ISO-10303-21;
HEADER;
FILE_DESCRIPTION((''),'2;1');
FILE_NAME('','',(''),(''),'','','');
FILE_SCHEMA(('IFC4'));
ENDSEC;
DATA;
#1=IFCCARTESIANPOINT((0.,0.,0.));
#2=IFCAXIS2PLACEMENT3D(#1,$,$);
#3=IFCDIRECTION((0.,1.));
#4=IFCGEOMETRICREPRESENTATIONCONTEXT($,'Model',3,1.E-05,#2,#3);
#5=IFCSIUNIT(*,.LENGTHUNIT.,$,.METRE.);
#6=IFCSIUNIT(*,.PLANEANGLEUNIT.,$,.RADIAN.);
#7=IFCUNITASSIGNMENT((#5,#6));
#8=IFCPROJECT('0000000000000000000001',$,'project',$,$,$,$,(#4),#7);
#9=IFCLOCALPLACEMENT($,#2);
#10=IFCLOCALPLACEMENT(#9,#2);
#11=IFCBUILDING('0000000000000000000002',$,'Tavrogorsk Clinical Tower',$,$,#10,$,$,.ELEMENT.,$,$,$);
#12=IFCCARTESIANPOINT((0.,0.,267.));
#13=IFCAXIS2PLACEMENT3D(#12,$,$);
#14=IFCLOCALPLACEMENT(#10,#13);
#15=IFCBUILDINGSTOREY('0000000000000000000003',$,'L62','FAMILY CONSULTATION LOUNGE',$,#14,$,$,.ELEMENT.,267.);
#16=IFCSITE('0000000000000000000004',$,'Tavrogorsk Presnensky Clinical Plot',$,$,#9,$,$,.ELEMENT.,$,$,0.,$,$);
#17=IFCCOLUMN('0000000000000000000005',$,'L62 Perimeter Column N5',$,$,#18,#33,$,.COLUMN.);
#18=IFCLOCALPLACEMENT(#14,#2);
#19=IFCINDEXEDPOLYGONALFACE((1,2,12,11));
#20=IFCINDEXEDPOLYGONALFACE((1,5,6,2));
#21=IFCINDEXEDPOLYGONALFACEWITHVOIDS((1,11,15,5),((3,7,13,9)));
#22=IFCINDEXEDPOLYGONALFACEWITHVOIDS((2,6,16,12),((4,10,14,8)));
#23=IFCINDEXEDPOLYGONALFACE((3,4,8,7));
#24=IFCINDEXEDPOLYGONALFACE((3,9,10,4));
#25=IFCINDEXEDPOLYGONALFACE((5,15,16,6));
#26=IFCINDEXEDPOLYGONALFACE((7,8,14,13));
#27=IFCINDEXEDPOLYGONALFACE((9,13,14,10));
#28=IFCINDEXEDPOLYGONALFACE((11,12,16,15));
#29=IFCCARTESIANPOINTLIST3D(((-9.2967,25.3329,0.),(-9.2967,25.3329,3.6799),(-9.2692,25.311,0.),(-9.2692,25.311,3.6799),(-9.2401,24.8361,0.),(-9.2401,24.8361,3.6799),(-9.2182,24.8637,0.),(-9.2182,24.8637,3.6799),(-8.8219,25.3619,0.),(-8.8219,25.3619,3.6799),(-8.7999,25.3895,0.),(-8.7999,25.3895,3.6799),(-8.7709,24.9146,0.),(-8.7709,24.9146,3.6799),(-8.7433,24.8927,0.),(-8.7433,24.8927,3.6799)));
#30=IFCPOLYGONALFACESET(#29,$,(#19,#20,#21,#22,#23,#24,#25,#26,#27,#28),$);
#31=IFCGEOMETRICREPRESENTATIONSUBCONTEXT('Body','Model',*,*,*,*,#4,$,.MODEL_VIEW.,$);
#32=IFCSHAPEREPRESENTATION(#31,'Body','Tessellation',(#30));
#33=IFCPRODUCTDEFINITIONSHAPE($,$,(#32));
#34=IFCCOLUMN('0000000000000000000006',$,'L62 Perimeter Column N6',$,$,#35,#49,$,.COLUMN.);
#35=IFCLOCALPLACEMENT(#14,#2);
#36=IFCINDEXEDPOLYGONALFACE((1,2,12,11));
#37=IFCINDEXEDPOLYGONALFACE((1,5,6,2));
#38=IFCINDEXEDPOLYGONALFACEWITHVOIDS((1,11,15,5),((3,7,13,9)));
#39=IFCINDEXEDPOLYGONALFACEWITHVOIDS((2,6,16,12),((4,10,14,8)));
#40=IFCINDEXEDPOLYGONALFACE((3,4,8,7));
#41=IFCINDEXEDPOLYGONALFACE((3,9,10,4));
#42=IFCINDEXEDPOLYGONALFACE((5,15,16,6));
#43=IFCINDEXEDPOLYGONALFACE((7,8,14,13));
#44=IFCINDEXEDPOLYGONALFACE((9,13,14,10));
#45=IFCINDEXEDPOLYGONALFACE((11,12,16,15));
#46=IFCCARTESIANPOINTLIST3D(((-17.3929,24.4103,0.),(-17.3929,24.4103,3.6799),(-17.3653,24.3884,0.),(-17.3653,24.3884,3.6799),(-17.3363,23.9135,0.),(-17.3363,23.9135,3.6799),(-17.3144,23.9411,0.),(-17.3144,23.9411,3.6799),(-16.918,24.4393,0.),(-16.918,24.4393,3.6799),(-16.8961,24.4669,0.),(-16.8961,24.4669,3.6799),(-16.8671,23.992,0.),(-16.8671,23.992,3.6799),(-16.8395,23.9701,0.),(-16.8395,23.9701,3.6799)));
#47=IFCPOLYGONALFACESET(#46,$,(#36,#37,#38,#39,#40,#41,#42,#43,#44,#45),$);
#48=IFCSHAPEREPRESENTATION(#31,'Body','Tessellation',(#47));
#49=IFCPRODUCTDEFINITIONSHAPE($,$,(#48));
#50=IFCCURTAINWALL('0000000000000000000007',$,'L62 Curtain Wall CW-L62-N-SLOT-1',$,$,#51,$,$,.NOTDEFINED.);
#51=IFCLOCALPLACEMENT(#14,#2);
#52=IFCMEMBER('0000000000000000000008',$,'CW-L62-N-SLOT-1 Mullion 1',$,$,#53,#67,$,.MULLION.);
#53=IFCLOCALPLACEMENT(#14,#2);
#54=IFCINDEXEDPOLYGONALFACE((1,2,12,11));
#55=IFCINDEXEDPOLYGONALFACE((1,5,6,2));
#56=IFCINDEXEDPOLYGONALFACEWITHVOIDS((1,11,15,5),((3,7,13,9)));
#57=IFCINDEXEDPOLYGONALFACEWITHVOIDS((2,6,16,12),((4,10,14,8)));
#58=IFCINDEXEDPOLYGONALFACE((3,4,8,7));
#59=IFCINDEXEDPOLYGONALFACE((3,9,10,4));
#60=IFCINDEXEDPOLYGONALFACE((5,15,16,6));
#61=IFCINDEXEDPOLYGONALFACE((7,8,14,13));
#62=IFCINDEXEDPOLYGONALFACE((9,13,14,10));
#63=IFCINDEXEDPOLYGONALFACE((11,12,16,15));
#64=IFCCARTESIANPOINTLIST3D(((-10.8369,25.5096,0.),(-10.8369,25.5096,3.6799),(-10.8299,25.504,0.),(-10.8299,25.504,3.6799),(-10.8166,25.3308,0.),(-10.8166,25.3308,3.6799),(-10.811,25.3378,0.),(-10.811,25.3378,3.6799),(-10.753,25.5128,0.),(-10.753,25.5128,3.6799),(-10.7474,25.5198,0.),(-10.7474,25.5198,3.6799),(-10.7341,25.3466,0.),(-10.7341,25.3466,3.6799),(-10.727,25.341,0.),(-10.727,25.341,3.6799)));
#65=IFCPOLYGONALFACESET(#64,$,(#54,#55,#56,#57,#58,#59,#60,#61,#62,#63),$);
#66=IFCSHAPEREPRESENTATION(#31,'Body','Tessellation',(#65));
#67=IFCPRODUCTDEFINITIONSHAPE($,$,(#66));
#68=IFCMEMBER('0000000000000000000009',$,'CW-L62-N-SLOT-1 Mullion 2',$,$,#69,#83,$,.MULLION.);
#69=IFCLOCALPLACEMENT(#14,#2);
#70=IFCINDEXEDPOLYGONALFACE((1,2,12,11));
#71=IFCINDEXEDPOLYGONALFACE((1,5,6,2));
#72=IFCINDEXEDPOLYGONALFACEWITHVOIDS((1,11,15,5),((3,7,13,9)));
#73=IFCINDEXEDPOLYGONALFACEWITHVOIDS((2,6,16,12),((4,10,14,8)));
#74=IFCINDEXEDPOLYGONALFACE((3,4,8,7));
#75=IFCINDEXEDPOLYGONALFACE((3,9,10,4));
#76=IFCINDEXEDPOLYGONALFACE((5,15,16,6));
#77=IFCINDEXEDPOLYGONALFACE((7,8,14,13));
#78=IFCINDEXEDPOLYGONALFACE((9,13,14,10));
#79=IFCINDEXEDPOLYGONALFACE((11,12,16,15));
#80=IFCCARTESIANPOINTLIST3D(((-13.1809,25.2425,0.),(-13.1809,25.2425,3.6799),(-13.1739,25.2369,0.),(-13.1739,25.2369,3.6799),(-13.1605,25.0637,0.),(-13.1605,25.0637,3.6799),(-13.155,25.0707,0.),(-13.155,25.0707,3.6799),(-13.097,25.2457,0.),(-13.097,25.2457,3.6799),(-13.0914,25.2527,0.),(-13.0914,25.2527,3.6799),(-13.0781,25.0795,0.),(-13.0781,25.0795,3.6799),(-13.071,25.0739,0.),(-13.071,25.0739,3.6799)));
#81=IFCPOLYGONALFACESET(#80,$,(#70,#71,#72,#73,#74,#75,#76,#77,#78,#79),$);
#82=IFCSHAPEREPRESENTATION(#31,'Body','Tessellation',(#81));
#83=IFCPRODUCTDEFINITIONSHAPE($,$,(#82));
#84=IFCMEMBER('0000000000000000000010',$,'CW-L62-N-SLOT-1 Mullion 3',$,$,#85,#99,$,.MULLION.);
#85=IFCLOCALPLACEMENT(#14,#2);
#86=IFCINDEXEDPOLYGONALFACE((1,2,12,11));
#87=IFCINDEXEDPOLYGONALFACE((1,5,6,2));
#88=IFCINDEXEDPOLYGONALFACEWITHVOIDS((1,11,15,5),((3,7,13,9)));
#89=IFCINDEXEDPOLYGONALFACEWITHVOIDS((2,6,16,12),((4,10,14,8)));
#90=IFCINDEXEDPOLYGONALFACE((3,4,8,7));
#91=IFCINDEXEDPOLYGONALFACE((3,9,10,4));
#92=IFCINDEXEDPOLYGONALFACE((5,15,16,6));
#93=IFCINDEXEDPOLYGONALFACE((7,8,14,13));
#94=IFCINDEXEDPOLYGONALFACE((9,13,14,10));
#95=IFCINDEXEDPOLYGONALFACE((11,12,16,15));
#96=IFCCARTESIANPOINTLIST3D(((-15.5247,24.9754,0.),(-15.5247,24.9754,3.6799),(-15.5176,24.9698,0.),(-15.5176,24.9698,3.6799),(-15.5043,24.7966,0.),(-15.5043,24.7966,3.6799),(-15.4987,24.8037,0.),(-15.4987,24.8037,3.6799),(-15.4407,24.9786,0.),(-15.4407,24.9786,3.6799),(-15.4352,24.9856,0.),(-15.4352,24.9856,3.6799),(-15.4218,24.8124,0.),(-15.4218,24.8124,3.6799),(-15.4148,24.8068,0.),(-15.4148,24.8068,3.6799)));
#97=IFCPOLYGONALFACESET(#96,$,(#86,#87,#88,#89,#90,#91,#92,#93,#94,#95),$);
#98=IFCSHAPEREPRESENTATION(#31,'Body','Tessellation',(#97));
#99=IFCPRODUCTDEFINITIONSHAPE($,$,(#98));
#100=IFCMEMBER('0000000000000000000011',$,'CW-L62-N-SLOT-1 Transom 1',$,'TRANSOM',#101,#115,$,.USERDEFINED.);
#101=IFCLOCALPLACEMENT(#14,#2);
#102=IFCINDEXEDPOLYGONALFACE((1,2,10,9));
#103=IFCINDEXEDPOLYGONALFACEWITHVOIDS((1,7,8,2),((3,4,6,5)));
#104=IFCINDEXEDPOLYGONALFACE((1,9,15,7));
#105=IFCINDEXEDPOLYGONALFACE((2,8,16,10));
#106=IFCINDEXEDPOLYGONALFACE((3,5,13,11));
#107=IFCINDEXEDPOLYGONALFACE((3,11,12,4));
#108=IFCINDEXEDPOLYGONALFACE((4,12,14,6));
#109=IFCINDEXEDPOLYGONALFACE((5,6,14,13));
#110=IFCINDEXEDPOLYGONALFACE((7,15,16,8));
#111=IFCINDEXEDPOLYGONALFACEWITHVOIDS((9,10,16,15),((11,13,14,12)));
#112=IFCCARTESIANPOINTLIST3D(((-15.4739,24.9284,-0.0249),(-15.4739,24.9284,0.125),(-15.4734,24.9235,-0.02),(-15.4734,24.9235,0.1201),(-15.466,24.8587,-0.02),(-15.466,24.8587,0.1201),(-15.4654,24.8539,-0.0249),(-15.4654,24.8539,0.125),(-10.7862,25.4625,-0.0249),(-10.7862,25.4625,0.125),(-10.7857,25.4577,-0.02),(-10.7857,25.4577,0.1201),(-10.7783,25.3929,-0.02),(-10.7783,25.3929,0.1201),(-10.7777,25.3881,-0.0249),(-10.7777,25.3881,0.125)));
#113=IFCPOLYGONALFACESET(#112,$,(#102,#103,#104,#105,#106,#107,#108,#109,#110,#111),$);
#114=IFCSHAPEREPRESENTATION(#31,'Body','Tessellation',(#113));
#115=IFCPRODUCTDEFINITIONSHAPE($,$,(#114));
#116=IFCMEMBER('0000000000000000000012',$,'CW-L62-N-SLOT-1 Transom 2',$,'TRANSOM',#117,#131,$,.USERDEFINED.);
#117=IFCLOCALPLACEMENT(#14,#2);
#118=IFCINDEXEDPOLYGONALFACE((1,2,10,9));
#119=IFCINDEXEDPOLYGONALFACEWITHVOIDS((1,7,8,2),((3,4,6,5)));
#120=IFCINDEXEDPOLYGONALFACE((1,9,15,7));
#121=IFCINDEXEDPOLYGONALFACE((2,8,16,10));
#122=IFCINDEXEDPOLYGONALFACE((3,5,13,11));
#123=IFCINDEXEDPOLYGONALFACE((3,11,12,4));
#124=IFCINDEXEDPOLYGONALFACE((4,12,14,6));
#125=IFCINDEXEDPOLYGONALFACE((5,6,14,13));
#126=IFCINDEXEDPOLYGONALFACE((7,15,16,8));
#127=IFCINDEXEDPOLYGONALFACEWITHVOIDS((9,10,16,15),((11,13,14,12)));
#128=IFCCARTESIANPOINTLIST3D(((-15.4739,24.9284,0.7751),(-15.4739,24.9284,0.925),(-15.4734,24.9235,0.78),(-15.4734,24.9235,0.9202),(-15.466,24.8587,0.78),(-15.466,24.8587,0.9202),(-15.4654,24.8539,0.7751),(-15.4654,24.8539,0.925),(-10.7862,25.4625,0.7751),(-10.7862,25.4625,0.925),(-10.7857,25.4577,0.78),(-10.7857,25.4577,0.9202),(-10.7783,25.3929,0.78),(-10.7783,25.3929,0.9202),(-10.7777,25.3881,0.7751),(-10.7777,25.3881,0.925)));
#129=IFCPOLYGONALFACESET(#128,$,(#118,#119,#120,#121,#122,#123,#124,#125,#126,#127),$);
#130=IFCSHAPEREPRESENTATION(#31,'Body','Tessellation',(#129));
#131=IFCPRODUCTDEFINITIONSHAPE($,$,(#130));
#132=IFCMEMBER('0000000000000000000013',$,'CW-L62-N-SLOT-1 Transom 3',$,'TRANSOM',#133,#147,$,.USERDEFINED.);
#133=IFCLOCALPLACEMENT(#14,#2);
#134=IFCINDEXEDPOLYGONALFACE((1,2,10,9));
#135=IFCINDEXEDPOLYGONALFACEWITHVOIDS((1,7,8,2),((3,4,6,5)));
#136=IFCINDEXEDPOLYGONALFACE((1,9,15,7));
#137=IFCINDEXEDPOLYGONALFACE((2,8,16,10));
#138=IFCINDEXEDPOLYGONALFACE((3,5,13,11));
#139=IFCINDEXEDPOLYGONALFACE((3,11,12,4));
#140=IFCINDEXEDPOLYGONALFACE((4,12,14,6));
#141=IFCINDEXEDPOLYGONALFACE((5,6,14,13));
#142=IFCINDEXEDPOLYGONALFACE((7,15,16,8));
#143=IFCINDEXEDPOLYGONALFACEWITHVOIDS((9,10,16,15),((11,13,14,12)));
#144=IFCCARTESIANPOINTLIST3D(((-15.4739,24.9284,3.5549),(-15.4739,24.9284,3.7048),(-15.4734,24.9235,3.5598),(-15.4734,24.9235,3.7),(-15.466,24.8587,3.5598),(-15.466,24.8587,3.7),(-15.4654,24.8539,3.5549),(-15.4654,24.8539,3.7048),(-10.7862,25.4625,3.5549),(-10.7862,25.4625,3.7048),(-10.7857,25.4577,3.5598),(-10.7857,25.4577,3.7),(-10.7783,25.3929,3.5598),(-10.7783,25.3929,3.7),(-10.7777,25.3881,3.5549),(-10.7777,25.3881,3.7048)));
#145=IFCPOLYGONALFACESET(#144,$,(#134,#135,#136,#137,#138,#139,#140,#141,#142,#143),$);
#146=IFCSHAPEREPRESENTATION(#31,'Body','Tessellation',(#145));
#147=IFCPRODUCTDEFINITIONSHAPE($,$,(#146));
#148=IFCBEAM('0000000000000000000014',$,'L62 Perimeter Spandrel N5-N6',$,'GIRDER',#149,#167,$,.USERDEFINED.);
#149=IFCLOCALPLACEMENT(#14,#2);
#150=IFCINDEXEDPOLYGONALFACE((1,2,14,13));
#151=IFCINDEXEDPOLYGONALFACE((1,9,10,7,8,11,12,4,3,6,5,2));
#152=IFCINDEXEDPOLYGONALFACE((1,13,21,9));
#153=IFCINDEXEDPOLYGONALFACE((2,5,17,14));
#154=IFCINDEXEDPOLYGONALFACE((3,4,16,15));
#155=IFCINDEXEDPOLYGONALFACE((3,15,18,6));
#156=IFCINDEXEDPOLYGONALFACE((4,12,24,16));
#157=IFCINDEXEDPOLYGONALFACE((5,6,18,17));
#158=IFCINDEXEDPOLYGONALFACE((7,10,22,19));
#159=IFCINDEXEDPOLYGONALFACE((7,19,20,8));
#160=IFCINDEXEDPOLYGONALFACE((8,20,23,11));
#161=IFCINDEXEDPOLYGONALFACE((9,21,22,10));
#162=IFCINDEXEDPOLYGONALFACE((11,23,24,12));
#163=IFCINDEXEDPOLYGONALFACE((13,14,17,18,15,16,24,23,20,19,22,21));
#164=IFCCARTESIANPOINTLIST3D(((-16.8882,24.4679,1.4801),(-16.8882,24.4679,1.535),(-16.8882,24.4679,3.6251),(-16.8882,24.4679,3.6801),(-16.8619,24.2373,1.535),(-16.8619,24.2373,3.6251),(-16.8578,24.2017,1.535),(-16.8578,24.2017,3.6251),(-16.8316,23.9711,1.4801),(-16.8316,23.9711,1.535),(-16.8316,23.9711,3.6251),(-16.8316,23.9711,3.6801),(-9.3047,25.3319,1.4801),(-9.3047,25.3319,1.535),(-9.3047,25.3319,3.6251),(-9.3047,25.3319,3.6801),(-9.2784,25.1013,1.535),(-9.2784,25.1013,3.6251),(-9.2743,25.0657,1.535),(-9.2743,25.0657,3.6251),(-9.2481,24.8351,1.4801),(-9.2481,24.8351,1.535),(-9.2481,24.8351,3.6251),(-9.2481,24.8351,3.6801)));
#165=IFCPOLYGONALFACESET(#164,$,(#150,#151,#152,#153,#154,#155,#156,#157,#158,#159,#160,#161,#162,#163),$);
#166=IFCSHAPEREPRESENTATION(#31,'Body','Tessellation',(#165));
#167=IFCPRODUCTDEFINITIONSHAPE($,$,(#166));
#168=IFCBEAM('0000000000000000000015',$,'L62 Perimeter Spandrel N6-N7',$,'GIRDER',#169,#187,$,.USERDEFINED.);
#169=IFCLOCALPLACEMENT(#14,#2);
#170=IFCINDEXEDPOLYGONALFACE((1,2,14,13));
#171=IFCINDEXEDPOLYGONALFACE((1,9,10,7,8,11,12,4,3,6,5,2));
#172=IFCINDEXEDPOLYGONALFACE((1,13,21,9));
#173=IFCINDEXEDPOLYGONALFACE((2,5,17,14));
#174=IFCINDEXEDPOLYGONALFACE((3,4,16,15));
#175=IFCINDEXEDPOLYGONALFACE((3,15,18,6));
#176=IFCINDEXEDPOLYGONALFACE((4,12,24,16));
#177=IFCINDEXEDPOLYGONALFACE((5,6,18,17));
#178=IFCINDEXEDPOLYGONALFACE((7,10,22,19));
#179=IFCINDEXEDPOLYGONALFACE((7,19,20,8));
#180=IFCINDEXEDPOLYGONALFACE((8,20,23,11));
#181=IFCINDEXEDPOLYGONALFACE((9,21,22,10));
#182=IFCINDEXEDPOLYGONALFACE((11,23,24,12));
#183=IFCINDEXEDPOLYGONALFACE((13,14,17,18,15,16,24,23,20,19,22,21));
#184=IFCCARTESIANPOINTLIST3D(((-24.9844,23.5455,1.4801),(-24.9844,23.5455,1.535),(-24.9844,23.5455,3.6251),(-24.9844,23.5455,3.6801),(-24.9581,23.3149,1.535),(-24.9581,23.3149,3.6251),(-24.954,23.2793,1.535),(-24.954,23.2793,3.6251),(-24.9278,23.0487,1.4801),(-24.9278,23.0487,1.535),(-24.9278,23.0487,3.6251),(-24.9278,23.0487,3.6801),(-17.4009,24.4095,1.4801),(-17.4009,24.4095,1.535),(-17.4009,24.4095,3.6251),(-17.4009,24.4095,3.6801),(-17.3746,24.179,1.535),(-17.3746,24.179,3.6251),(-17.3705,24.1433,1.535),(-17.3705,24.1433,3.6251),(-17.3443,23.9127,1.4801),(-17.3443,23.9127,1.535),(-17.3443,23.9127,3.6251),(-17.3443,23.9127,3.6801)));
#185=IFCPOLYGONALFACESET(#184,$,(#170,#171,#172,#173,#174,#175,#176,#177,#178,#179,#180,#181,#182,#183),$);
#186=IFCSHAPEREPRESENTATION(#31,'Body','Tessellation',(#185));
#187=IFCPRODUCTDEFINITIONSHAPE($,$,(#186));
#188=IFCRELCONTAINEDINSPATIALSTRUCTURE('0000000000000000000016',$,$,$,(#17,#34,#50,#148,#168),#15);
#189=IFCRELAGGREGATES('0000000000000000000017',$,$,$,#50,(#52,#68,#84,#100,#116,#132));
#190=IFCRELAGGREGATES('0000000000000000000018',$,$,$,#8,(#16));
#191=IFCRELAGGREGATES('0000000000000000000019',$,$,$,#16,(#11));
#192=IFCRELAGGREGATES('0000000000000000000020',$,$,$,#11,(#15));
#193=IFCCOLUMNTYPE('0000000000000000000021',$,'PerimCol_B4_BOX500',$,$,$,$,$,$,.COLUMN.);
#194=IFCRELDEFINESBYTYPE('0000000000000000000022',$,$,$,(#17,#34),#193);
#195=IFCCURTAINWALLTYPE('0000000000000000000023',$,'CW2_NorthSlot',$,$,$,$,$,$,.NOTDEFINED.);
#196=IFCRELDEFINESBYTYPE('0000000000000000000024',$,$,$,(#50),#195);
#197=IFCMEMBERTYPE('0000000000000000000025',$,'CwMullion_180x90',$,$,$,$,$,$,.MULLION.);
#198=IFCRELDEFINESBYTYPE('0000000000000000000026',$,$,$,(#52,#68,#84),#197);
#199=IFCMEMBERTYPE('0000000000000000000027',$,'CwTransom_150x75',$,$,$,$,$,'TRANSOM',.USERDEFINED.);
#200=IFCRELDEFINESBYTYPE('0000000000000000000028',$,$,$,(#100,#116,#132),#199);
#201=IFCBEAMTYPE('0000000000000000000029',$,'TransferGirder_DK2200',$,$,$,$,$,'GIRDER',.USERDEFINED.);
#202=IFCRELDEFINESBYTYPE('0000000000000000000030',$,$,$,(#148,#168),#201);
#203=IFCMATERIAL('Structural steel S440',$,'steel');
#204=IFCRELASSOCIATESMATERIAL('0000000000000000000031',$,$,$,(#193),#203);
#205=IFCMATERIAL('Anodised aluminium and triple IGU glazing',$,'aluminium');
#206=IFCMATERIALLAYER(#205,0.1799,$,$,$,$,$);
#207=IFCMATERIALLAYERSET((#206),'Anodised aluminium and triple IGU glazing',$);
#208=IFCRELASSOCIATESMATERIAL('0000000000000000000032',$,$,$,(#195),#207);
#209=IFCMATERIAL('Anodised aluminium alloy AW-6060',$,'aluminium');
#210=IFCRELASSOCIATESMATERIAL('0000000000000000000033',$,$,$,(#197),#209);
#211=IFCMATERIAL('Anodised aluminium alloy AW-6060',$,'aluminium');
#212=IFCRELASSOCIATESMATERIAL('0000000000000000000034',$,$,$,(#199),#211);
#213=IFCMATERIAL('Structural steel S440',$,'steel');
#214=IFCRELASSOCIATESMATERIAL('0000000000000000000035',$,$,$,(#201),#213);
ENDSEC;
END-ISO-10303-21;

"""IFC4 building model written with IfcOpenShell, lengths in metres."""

from ifc_helpers import new_model, si_unit, direction, frame, origin, origin_2d, place, context, subcontext, project, spatial, hollow_rectangle, i_section, extrude, material, layer, layer_set, material_profile, profile_set, type_object, element, aggregate, save


model = new_model("IFC4")

# Units and contexts
model_context = context("Model", 3, precision=1e-05, world=origin(), true_north=direction((0.0, 1.0)))
body_context = subcontext(model_context, "Body", "Model", "MODEL_VIEW")
ifc_project = project(units=[si_unit("LENGTHUNIT", "METRE"), si_unit("PLANEANGLEUNIT", "RADIAN")], contexts=[model_context])

# Site, building, storey
site_placement = place(None, origin())
site = spatial("IfcSite", under=ifc_project, at=site_placement, Name="Tavrogorsk Presnensky Clinical Plot", CompositionType="ELEMENT", RefElevation=0.0)
building_placement = place(site_placement, origin())
building = spatial("IfcBuilding", under=site, at=building_placement, Name="Tavrogorsk Clinical Tower", CompositionType="ELEMENT")
storey_placement = place(building_placement, frame((0.0, 0.0, 267.0)))
storey = spatial("IfcBuildingStorey", under=building, at=storey_placement, Name="L62", Description="FAMILY CONSULTATION LOUNGE", CompositionType="ELEMENT", Elevation=267.0)

# Columns
ifc_material_1 = material(Name="Structural steel S440", Category="steel")
ifc_material_profile_1 = material_profile(ifc_material_1, hollow_rectangle(XDim=0.5, YDim=0.5, WallThickness=0.0249, at=origin_2d()), Name="BOX-500x500x25")
ifc_profile_set_1 = profile_set([ifc_material_profile_1], Name="Structural steel S440")
column_type = type_object("IfcColumnType", Name="PerimCol_B4_BOX500", PredefinedType="COLUMN", material=ifc_profile_set_1)
for number, where, z_axis, x_axis, name in (
    (1, (-9.02, 25.1128, 0.0), (0.0, 0.0, 1.0), (0.993572, 0.113203, 0.0), "L62 Perimeter Column N5"),
    (2, (-17.1162, 24.1902, 0.0), (0.0, 0.0, 1.0), (0.993572, 0.113203, 0.0), "L62 Perimeter Column N6"),
):
    element("IfcColumn", number, at=place(storey_placement, frame(where, z_axis=z_axis, x_axis=x_axis)), inside=storey, type_object=column_type, Name=name, PredefinedType="COLUMN", context=body_context, shape_type="SweptSolid", body=[
        extrude(hollow_rectangle(XDim=0.5, YDim=0.5, WallThickness=0.0249, at=origin_2d()), origin(), (0.0, 0.0, 1.0), 3.6799),
    ])

# Curtain wall, members
ifc_material_2 = material(Name="Anodised aluminium and triple IGU glazing", Category="aluminium")
ifc_layer_1 = layer(ifc_material_2, 0.1799)
ifc_layer_set_1 = layer_set([ifc_layer_1], Name="Anodised aluminium and triple IGU glazing")
curtain_wall_type = type_object("IfcCurtainWallType", Name="CW2_NorthSlot", PredefinedType="NOTDEFINED", material=ifc_layer_set_1)
curtain_wall_placement = place(storey_placement, origin())
curtain_wall = element("IfcCurtainWall", 3, at=curtain_wall_placement, inside=storey, type_object=curtain_wall_type, Name="L62 Curtain Wall CW-L62-N-SLOT-1", PredefinedType="NOTDEFINED")
ifc_material_3 = material(Name="Anodised aluminium alloy AW-6060", Category="aluminium")
ifc_material_profile_2 = material_profile(ifc_material_3, hollow_rectangle(XDim=0.0901, YDim=0.1799, WallThickness=0.0063, at=origin_2d()), Name="RHS-180x90x6.3")
ifc_profile_set_2 = profile_set([ifc_material_profile_2], Name="Anodised aluminium alloy AW-6060")
member_type_1 = type_object("IfcMemberType", Name="CwMullion_180x90", PredefinedType="MULLION", material=ifc_profile_set_2)
member_1_placement = place(storey_placement, frame((-10.782, 25.4253, 0.0), z_axis=(0.0, 0.0, 1.0), x_axis=(-0.993572, -0.113203, 0.0)))
member_1 = element("IfcMember", 4, at=member_1_placement, type_object=member_type_1, Name="CW-L62-N-SLOT-1 Mullion 1", PredefinedType="MULLION", context=body_context, shape_type="SweptSolid", body=[
    extrude(hollow_rectangle(XDim=0.0901, YDim=0.1799, WallThickness=0.0063, at=origin_2d()), origin(), (0.0, 0.0, 1.0), 3.6799),
])
member_2_placement = place(storey_placement, frame((-13.126, 25.1582, 0.0), z_axis=(0.0, 0.0, 1.0), x_axis=(-0.993572, -0.113203, 0.0)))
member_2 = element("IfcMember", 5, at=member_2_placement, type_object=member_type_1, Name="CW-L62-N-SLOT-1 Mullion 2", PredefinedType="MULLION", context=body_context, shape_type="SweptSolid", body=[
    extrude(hollow_rectangle(XDim=0.0901, YDim=0.1799, WallThickness=0.0063, at=origin_2d()), origin(), (0.0, 0.0, 1.0), 3.6799),
])
member_3_placement = place(storey_placement, frame((-15.4697, 24.8911, 0.0), z_axis=(0.0, 0.0, 1.0), x_axis=(-0.993572, -0.113203, 0.0)))
member_3 = element("IfcMember", 6, at=member_3_placement, type_object=member_type_1, Name="CW-L62-N-SLOT-1 Mullion 3", PredefinedType="MULLION", context=body_context, shape_type="SweptSolid", body=[
    extrude(hollow_rectangle(XDim=0.0901, YDim=0.1799, WallThickness=0.0063, at=origin_2d()), origin(), (0.0, 0.0, 1.0), 3.6799),
])
ifc_material_4 = material(Name="Anodised aluminium alloy AW-6060", Category="aluminium")
ifc_material_profile_3 = material_profile(ifc_material_4, hollow_rectangle(XDim=0.075, YDim=0.1499, WallThickness=0.0049, at=origin_2d()), Name="RHS-150x75x5")
ifc_profile_set_3 = profile_set([ifc_material_profile_3], Name="Anodised aluminium alloy AW-6060")
member_type_2 = type_object("IfcMemberType", Name="CwTransom_150x75", ElementType="TRANSOM", PredefinedType="USERDEFINED", material=ifc_profile_set_3)
member_4_placement = place(storey_placement, frame((-10.782, 25.4253, 0.05), z_axis=(-0.99357, -0.11322, 0.0), x_axis=(0.11322, -0.99357, 0.0)))
member_4 = element("IfcMember", 7, at=member_4_placement, type_object=member_type_2, Name="CW-L62-N-SLOT-1 Transom 1", ObjectType="TRANSOM", PredefinedType="USERDEFINED", context=body_context, shape_type="SweptSolid", body=[
    extrude(hollow_rectangle(XDim=0.075, YDim=0.1499, WallThickness=0.0049, at=origin_2d()), origin(), (0.0, 0.0, 1.0), 4.718),
])
member_5_placement = place(storey_placement, frame((-10.782, 25.4253, 0.8501), z_axis=(-0.99357, -0.11322, 0.0), x_axis=(0.11322, -0.99357, 0.0)))
member_5 = element("IfcMember", 8, at=member_5_placement, type_object=member_type_2, Name="CW-L62-N-SLOT-1 Transom 2", ObjectType="TRANSOM", PredefinedType="USERDEFINED", context=body_context, shape_type="SweptSolid", body=[
    extrude(hollow_rectangle(XDim=0.075, YDim=0.1499, WallThickness=0.0049, at=origin_2d()), origin(), (0.0, 0.0, 1.0), 4.718),
])
member_6_placement = place(storey_placement, frame((-10.782, 25.4253, 3.6299), z_axis=(-0.99357, -0.11322, 0.0), x_axis=(0.11322, -0.99357, 0.0)))
member_6 = element("IfcMember", 9, at=member_6_placement, type_object=member_type_2, Name="CW-L62-N-SLOT-1 Transom 3", ObjectType="TRANSOM", PredefinedType="USERDEFINED", context=body_context, shape_type="SweptSolid", body=[
    extrude(hollow_rectangle(XDim=0.075, YDim=0.1499, WallThickness=0.0049, at=origin_2d()), origin(), (0.0, 0.0, 1.0), 4.718),
])

# Beams
ifc_material_5 = material(Name="Structural steel S440", Category="steel")
ifc_material_profile_4 = material_profile(ifc_material_5, i_section(OverallWidth=0.5, OverallDepth=2.2, WebThickness=0.0359, FlangeThickness=0.0549, at=origin_2d()), Name="DK-2200x500x36x55")
ifc_profile_set_4 = profile_set([ifc_material_profile_4], Name="Structural steel S440")
beam_type = type_object("IfcBeamType", Name="TransferGirder_DK2200", ElementType="GIRDER", PredefinedType="USERDEFINED", material=ifc_profile_set_4)
for number, where, z_axis, x_axis, name in (
    (10, (-9.2764, 25.0835, 2.5801), (-0.993572, -0.113201, 0.0), (0.113201, -0.993572, 0.0), "L62 Perimeter Spandrel N5-N6"),
    (11, (-17.3726, 24.1611, 2.5801), (-0.993572, -0.113201, 0.0), (0.113201, -0.993572, 0.0), "L62 Perimeter Spandrel N6-N7"),
):
    element("IfcBeam", number, at=place(storey_placement, frame(where, z_axis=z_axis, x_axis=x_axis)), inside=storey, type_object=beam_type, Name=name, ObjectType="GIRDER", PredefinedType="USERDEFINED", context=body_context, shape_type="SweptSolid", body=[
        extrude(i_section(OverallWidth=0.5, OverallDepth=2.2, WebThickness=0.0359, FlangeThickness=0.0549, at=origin_2d()), origin(), (0.0, 0.0, 1.0), 7.6326),
    ])

aggregate(curtain_wall, [member_1, member_2, member_3, member_4, member_5, member_6])

save(model, "model.ifc")
